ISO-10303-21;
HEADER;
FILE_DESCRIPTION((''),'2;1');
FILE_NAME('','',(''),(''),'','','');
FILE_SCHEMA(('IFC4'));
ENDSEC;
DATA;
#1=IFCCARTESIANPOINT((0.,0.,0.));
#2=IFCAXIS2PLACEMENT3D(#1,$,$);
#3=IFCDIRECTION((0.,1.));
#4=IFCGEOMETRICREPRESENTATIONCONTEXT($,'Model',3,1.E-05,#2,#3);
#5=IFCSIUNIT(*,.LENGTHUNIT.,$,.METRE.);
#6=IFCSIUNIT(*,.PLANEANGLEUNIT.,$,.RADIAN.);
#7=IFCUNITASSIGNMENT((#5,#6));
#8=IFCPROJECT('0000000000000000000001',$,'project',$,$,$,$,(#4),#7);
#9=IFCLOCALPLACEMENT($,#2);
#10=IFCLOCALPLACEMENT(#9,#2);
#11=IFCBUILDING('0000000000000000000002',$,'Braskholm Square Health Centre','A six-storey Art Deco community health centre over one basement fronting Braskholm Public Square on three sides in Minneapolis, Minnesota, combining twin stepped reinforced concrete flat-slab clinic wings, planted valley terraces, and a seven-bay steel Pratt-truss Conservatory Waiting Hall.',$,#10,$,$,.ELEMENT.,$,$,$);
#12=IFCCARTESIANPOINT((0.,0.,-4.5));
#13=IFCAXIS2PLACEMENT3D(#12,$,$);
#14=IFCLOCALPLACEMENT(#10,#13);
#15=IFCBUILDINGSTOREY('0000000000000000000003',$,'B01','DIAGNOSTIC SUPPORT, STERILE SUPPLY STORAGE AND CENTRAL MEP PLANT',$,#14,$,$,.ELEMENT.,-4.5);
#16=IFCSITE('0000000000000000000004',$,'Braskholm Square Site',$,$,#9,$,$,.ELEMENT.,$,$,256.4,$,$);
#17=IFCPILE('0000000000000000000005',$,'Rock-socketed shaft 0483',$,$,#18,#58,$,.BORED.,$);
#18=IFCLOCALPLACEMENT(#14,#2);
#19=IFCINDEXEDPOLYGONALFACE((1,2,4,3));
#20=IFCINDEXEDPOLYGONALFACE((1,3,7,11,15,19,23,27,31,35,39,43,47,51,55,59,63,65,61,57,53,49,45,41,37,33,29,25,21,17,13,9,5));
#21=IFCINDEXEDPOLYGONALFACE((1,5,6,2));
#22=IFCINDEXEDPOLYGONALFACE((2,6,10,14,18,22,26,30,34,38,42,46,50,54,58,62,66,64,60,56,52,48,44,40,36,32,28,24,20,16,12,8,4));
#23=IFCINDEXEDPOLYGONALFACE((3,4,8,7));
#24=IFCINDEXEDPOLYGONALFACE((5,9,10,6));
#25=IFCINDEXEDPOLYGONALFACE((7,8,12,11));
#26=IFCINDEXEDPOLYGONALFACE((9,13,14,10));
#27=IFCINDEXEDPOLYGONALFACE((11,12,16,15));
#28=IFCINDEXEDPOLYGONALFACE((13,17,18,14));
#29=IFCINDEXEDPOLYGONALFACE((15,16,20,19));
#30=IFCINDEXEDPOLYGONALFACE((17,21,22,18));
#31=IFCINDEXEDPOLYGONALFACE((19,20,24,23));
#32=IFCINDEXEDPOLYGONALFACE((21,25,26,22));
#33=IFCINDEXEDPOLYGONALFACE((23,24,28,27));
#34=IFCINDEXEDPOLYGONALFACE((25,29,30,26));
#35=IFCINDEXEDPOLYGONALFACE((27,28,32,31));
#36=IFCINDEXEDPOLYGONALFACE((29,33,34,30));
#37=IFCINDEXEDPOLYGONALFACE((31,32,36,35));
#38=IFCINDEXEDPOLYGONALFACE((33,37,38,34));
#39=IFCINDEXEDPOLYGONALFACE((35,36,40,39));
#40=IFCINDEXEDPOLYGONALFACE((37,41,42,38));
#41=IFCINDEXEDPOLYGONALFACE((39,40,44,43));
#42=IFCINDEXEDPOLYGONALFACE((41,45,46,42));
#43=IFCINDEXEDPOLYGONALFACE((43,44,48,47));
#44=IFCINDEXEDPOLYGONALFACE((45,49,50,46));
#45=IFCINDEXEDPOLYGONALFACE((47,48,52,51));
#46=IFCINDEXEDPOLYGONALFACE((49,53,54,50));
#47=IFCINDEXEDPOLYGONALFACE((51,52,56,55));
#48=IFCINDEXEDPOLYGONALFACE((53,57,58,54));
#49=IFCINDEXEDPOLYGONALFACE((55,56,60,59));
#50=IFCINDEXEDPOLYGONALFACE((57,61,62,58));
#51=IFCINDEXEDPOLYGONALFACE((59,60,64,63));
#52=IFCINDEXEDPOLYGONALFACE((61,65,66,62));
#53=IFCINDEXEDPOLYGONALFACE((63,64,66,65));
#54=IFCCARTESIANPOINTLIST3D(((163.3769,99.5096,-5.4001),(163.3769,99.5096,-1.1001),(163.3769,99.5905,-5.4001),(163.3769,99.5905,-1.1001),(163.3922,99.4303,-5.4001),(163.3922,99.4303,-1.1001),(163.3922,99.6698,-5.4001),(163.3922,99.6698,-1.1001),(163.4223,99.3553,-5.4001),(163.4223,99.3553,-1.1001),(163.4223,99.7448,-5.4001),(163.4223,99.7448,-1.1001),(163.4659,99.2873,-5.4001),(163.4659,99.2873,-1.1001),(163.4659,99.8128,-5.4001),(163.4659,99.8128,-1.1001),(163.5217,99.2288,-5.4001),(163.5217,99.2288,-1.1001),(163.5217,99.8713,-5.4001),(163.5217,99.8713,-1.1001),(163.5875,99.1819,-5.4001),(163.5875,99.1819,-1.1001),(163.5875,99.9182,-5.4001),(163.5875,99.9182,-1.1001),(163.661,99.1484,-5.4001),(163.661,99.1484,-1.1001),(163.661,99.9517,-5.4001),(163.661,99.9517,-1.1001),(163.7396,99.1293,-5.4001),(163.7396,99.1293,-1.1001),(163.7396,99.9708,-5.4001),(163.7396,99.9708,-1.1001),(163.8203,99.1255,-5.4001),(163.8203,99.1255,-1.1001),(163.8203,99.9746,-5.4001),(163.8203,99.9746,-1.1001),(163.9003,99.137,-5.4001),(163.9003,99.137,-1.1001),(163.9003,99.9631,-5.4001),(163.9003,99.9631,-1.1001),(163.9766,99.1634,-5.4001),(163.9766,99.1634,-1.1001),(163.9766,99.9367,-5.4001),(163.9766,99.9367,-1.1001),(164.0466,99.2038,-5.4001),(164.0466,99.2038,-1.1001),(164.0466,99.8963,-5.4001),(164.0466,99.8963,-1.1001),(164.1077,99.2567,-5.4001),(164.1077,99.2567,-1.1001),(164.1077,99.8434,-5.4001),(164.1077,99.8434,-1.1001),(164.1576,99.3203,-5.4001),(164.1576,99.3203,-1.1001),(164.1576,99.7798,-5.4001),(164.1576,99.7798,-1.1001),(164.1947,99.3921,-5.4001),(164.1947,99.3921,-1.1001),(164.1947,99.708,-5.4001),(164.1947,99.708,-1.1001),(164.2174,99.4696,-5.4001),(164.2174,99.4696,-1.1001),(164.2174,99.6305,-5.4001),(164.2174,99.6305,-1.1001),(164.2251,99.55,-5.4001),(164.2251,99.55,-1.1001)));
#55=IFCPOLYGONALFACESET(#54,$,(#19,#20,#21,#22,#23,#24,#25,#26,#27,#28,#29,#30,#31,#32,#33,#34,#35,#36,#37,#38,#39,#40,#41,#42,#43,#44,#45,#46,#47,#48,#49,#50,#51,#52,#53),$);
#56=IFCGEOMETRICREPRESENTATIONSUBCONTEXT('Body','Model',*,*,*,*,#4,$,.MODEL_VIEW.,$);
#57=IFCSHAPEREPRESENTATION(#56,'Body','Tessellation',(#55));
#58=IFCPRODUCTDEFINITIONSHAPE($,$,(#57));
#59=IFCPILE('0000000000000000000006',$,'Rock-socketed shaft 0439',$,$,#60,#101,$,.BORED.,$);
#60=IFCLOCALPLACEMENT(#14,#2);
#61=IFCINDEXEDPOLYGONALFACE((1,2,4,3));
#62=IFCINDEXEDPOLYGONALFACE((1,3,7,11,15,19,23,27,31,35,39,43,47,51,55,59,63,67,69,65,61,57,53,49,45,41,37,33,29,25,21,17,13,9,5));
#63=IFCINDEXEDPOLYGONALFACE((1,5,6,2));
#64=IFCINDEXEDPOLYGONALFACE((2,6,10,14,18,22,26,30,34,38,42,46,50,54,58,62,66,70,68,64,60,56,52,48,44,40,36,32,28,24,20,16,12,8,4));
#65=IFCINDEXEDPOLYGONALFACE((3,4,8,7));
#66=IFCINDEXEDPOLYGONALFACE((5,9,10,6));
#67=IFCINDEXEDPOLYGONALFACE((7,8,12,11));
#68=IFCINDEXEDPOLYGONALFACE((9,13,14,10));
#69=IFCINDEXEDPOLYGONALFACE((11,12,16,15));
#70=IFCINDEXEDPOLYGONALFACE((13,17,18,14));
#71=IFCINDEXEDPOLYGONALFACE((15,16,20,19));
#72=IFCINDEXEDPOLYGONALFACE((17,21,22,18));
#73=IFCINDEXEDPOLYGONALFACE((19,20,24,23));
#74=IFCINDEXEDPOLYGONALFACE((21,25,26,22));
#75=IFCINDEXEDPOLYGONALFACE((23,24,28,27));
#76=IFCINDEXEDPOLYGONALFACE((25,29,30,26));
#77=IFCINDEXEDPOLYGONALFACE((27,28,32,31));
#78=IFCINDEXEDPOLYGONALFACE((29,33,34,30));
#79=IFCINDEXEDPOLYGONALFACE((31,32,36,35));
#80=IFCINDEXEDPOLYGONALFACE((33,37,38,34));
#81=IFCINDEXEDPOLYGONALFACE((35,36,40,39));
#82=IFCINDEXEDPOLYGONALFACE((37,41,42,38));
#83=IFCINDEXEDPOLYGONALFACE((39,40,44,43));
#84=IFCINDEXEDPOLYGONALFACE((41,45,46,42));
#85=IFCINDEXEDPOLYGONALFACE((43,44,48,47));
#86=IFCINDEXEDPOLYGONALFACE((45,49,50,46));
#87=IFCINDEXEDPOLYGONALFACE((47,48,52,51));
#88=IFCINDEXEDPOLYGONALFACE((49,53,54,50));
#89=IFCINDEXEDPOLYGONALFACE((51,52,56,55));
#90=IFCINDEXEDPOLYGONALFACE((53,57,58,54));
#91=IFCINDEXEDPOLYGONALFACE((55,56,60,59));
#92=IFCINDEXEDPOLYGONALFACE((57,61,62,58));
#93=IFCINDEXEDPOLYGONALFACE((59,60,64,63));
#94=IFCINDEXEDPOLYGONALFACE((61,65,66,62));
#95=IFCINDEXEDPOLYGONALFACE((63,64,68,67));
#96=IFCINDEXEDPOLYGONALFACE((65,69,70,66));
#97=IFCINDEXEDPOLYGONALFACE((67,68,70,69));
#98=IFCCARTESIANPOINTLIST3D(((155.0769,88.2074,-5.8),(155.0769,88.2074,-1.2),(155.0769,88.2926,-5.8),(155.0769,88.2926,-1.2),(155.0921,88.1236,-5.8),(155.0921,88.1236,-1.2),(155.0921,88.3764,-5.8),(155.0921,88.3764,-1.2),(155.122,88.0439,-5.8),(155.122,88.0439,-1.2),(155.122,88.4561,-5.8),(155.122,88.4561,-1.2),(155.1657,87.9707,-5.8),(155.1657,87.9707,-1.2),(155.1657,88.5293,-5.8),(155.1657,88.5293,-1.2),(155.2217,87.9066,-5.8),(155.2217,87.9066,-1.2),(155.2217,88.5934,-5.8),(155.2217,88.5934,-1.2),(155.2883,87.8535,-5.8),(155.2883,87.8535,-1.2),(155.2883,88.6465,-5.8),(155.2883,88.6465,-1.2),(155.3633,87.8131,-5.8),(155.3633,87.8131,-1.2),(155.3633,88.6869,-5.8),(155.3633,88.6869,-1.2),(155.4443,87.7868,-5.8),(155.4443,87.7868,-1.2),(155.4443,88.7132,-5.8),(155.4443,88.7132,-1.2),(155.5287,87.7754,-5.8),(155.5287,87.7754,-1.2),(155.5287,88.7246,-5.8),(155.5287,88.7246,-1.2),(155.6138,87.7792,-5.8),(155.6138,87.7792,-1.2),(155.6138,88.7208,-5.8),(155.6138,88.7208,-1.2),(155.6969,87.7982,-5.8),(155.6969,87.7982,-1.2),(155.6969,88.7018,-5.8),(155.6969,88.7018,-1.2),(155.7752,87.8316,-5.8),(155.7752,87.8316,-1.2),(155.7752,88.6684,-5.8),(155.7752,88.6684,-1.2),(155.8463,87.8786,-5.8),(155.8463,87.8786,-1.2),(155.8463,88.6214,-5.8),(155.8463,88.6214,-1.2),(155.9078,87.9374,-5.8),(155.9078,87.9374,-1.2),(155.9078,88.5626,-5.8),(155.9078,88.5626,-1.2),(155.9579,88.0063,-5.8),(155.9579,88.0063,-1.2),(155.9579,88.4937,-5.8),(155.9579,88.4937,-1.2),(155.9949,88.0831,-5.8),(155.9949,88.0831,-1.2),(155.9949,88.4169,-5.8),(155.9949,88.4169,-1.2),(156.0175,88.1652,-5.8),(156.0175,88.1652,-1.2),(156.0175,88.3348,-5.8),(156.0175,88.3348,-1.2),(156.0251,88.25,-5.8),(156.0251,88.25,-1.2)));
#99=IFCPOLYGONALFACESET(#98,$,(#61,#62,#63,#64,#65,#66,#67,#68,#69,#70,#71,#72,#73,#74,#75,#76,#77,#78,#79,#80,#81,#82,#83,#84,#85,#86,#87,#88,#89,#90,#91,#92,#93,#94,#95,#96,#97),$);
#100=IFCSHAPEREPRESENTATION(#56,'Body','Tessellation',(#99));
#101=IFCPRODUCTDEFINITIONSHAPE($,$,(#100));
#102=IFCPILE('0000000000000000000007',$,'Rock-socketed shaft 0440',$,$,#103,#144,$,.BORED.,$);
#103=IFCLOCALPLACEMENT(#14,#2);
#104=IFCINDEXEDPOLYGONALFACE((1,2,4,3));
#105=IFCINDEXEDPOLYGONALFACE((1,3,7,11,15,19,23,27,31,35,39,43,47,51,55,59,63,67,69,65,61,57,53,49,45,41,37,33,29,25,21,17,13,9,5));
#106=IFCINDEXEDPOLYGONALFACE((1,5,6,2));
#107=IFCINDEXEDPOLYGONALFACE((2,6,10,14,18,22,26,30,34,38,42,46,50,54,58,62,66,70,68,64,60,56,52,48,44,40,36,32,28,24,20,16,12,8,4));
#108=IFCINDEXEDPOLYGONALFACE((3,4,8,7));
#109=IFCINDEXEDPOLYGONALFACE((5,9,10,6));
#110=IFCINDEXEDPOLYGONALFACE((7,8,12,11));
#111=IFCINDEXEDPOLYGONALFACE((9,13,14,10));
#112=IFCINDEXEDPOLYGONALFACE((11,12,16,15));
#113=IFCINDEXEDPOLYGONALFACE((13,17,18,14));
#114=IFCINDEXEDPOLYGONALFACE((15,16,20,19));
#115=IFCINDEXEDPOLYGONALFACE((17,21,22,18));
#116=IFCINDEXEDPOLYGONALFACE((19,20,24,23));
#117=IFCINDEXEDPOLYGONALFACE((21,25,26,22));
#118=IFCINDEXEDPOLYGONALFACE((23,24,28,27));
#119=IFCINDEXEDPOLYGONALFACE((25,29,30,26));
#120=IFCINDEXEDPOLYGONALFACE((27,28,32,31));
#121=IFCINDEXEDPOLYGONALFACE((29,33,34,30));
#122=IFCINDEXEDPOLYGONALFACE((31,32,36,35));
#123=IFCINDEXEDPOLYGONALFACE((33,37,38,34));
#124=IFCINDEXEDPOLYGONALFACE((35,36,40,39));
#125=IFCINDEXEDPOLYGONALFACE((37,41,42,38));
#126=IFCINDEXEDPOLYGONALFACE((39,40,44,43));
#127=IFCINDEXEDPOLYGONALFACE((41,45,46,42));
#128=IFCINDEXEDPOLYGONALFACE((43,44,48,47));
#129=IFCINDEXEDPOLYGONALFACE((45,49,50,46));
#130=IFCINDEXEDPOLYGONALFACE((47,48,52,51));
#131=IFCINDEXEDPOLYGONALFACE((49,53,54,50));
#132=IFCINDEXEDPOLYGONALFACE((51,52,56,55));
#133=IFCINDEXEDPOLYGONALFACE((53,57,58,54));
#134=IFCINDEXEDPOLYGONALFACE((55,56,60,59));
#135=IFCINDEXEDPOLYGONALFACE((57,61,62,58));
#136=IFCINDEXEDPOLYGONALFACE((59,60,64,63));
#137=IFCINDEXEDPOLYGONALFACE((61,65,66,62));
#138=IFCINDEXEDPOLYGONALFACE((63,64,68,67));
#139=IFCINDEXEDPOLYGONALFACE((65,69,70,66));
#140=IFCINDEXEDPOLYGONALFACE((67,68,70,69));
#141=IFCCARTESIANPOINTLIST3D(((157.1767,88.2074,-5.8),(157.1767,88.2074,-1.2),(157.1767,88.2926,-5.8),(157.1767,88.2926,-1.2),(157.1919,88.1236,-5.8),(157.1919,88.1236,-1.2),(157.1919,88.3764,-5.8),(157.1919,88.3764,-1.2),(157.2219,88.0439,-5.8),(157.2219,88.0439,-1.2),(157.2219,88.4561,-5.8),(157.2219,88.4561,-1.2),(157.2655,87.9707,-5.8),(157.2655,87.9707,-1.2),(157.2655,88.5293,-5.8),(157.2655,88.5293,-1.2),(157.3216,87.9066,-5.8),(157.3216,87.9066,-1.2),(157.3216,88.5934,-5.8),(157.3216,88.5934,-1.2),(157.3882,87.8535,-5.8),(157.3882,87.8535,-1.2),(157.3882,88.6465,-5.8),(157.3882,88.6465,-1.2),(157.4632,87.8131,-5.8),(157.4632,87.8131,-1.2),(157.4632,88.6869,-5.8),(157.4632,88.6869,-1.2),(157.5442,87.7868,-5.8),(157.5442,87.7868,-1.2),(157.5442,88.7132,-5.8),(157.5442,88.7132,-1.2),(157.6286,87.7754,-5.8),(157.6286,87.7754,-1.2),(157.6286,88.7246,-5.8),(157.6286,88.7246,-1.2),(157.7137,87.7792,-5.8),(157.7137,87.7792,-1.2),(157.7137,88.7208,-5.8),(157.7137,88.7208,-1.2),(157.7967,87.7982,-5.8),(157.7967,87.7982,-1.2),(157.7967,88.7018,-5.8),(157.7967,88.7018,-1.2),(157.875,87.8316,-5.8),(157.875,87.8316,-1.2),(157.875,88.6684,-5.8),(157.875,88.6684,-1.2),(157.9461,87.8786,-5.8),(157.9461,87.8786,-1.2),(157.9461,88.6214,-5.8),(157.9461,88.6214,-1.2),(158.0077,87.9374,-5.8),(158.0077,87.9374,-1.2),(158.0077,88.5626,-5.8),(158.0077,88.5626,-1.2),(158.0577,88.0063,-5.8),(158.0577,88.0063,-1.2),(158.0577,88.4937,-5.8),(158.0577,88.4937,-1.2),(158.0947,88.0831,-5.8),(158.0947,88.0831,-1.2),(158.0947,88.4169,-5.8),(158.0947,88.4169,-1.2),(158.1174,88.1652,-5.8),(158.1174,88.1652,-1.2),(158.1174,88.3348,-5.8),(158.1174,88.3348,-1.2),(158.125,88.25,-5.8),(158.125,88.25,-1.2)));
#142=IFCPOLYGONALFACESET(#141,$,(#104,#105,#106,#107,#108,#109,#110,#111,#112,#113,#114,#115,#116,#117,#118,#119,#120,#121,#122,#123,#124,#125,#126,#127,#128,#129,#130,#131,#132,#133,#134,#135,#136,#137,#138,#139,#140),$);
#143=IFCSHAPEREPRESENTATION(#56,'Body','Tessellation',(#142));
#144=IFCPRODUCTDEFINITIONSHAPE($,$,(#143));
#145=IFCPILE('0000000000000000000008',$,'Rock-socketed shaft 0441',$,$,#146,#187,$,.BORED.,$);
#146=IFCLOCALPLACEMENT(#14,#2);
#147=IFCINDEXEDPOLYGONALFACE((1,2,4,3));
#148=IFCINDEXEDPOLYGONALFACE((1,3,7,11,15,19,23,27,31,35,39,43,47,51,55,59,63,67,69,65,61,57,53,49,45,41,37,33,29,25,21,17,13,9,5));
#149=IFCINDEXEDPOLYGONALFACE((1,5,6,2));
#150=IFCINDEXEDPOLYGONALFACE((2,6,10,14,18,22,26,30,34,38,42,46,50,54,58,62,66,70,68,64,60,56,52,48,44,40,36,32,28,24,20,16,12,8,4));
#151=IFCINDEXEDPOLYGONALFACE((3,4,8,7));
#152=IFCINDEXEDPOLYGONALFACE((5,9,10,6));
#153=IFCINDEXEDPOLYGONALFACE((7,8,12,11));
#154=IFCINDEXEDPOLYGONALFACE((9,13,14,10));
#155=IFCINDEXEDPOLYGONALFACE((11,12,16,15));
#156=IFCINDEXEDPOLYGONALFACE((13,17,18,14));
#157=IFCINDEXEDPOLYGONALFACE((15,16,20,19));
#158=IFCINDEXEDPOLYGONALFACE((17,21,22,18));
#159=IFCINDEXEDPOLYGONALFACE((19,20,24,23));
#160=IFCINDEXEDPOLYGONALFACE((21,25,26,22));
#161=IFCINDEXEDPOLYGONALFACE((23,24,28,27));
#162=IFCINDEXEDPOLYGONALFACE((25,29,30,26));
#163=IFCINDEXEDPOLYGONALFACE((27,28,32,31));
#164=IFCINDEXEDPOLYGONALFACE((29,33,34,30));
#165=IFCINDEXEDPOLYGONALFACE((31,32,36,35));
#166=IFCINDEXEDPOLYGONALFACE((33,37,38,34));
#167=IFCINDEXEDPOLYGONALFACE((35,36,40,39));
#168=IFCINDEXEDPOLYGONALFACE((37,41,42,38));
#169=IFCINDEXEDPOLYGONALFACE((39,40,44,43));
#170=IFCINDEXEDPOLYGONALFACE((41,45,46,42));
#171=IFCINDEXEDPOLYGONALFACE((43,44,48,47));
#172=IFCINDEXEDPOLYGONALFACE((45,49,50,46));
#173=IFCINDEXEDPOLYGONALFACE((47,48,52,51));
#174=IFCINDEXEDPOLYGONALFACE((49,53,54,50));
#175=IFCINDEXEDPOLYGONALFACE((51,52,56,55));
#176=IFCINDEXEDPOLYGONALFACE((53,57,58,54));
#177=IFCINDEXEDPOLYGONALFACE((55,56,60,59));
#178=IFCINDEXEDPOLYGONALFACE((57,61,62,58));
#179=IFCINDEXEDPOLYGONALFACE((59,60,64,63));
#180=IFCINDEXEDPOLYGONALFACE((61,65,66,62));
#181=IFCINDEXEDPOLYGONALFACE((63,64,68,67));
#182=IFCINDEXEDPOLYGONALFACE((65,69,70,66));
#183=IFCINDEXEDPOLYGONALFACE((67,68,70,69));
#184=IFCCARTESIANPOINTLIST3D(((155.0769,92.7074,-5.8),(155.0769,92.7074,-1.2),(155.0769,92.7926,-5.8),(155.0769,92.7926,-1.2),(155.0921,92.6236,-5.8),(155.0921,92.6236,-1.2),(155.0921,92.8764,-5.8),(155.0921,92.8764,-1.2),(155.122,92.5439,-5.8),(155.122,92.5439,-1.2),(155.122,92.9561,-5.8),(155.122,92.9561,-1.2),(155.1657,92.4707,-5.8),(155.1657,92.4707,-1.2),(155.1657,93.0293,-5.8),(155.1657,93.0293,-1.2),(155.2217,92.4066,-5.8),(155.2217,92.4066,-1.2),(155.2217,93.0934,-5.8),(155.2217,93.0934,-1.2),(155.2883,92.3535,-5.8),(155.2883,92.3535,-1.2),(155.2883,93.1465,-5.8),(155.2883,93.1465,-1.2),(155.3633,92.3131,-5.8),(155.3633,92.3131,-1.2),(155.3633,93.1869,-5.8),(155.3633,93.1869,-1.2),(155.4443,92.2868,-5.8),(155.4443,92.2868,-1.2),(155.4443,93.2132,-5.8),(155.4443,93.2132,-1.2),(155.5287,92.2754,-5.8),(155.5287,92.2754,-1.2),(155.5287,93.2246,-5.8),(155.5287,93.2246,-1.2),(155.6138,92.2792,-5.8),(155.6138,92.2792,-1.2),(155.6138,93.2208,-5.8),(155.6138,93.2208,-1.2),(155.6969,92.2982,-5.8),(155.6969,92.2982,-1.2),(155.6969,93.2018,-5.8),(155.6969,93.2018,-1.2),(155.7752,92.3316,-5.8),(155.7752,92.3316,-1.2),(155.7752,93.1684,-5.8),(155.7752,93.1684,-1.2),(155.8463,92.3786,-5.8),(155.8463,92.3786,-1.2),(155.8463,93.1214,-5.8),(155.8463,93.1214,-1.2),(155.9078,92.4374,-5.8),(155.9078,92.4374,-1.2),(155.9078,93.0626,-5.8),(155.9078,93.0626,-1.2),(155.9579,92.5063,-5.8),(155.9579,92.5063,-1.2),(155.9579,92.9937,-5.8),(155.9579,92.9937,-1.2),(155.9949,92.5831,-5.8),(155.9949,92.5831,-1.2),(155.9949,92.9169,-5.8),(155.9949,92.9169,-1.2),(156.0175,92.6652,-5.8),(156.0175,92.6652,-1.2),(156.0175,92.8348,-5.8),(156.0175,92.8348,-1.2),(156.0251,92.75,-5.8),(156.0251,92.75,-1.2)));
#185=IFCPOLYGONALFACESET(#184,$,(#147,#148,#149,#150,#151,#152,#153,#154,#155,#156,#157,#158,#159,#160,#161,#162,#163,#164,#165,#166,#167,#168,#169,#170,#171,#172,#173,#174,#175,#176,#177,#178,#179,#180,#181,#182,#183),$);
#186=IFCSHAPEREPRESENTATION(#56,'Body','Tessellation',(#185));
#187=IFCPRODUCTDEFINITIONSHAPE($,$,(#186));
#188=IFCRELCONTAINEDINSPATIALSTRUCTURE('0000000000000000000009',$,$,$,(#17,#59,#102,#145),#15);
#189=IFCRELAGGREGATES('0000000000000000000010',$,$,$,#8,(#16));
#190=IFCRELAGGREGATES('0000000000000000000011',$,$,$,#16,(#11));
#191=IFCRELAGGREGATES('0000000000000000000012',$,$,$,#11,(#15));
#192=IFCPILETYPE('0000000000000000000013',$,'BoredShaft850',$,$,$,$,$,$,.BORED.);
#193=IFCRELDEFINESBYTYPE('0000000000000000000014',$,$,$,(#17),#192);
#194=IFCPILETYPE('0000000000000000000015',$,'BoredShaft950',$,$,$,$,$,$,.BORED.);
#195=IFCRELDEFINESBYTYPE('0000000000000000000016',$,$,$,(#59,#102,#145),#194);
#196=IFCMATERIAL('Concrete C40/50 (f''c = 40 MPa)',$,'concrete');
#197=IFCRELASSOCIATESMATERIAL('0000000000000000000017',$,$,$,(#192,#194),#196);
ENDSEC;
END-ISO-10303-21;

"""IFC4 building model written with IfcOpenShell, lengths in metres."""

from ifc_helpers import new_model, si_unit, direction, frame, origin, origin_2d, place, context, subcontext, project, spatial, circle, extrude, material, material_profile, profile_set, type_object, element, save


model = new_model("IFC4")

# Units and contexts
model_context = context("Model", 3, precision=1e-05, world=origin(), true_north=direction((0.0, 1.0)))
body_context = subcontext(model_context, "Body", "Model", "MODEL_VIEW")
ifc_project = project(units=[si_unit("LENGTHUNIT", "METRE"), si_unit("PLANEANGLEUNIT", "RADIAN")], contexts=[model_context])

# Site, building, storey
site_placement = place(None, origin())
site = spatial("IfcSite", under=ifc_project, at=site_placement, Name="Braskholm Square Site", CompositionType="ELEMENT", RefElevation=256.4)
building_placement = place(site_placement, origin())
building = spatial("IfcBuilding", under=site, at=building_placement, Name="Braskholm Square Health Centre", Description="A six-storey Art Deco community health centre over one basement fronting Braskholm Public Square on three sides in Minneapolis, Minnesota, combining twin stepped reinforced concrete flat-slab clinic wings, planted valley terraces, and a seven-bay steel Pratt-truss Conservatory Waiting Hall.", CompositionType="ELEMENT")
storey_placement = place(building_placement, frame((0.0, 0.0, -4.5)))
storey = spatial("IfcBuildingStorey", under=building, at=storey_placement, Name="B01", Description="DIAGNOSTIC SUPPORT, STERILE SUPPLY STORAGE AND CENTRAL MEP PLANT", CompositionType="ELEMENT", Elevation=-4.5)

# Piles
ifc_material_1 = material(Name="Concrete C40/50 (f'c = 40 MPa)", Category="concrete")
ifc_material_profile_1 = material_profile(ifc_material_1, circle(Radius=0.425, at=origin_2d()), Name="BORED-PILE-850")
ifc_profile_set_1 = profile_set([ifc_material_profile_1], Name="Concrete C40/50 (f'c = 40 MPa)")
pile_type_1 = type_object("IfcPileType", Name="BoredShaft850", PredefinedType="BORED", material=ifc_profile_set_1)
for number, where, z_axis, x_axis, name in (
    (1, (163.8, 99.55, -1.1001), (0.0, 0.0, -1.0), (1.0, 0.0, 0.0), "Rock-socketed shaft 0483"),
):
    element("IfcPile", number, at=place(storey_placement, frame(where, z_axis=z_axis, x_axis=x_axis)), inside=storey, type_object=pile_type_1, Name=name, PredefinedType="BORED", context=body_context, shape_type="SweptSolid", body=[
        extrude(circle(Radius=0.425, at=origin_2d()), origin(), (0.0, 0.0, 1.0), 4.3),
    ])
ifc_material_profile_2 = material_profile(ifc_material_1, circle(Radius=0.4751, at=origin_2d()), Name="BORED-PILE-950")
ifc_profile_set_2 = profile_set([ifc_material_profile_2], Name="Concrete C40/50 (f'c = 40 MPa)")
pile_type_2 = type_object("IfcPileType", Name="BoredShaft950", PredefinedType="BORED", material=ifc_profile_set_2)
for number, where, z_axis, x_axis, name in (
    (2, (155.55, 88.25, -1.2), (0.0, 0.0, -1.0), (1.0, 0.0, 0.0), "Rock-socketed shaft 0439"),
    (3, (157.6499, 88.25, -1.2), (0.0, 0.0, -1.0), (1.0, 0.0, 0.0), "Rock-socketed shaft 0440"),
    (4, (155.55, 92.75, -1.2), (0.0, 0.0, -1.0), (1.0, 0.0, 0.0), "Rock-socketed shaft 0441"),
):
    element("IfcPile", number, at=place(storey_placement, frame(where, z_axis=z_axis, x_axis=x_axis)), inside=storey, type_object=pile_type_2, Name=name, PredefinedType="BORED", context=body_context, shape_type="SweptSolid", body=[
        extrude(circle(Radius=0.4751, at=origin_2d()), origin(), (0.0, 0.0, 1.0), 4.6001),
    ])

save(model, "model.ifc")
